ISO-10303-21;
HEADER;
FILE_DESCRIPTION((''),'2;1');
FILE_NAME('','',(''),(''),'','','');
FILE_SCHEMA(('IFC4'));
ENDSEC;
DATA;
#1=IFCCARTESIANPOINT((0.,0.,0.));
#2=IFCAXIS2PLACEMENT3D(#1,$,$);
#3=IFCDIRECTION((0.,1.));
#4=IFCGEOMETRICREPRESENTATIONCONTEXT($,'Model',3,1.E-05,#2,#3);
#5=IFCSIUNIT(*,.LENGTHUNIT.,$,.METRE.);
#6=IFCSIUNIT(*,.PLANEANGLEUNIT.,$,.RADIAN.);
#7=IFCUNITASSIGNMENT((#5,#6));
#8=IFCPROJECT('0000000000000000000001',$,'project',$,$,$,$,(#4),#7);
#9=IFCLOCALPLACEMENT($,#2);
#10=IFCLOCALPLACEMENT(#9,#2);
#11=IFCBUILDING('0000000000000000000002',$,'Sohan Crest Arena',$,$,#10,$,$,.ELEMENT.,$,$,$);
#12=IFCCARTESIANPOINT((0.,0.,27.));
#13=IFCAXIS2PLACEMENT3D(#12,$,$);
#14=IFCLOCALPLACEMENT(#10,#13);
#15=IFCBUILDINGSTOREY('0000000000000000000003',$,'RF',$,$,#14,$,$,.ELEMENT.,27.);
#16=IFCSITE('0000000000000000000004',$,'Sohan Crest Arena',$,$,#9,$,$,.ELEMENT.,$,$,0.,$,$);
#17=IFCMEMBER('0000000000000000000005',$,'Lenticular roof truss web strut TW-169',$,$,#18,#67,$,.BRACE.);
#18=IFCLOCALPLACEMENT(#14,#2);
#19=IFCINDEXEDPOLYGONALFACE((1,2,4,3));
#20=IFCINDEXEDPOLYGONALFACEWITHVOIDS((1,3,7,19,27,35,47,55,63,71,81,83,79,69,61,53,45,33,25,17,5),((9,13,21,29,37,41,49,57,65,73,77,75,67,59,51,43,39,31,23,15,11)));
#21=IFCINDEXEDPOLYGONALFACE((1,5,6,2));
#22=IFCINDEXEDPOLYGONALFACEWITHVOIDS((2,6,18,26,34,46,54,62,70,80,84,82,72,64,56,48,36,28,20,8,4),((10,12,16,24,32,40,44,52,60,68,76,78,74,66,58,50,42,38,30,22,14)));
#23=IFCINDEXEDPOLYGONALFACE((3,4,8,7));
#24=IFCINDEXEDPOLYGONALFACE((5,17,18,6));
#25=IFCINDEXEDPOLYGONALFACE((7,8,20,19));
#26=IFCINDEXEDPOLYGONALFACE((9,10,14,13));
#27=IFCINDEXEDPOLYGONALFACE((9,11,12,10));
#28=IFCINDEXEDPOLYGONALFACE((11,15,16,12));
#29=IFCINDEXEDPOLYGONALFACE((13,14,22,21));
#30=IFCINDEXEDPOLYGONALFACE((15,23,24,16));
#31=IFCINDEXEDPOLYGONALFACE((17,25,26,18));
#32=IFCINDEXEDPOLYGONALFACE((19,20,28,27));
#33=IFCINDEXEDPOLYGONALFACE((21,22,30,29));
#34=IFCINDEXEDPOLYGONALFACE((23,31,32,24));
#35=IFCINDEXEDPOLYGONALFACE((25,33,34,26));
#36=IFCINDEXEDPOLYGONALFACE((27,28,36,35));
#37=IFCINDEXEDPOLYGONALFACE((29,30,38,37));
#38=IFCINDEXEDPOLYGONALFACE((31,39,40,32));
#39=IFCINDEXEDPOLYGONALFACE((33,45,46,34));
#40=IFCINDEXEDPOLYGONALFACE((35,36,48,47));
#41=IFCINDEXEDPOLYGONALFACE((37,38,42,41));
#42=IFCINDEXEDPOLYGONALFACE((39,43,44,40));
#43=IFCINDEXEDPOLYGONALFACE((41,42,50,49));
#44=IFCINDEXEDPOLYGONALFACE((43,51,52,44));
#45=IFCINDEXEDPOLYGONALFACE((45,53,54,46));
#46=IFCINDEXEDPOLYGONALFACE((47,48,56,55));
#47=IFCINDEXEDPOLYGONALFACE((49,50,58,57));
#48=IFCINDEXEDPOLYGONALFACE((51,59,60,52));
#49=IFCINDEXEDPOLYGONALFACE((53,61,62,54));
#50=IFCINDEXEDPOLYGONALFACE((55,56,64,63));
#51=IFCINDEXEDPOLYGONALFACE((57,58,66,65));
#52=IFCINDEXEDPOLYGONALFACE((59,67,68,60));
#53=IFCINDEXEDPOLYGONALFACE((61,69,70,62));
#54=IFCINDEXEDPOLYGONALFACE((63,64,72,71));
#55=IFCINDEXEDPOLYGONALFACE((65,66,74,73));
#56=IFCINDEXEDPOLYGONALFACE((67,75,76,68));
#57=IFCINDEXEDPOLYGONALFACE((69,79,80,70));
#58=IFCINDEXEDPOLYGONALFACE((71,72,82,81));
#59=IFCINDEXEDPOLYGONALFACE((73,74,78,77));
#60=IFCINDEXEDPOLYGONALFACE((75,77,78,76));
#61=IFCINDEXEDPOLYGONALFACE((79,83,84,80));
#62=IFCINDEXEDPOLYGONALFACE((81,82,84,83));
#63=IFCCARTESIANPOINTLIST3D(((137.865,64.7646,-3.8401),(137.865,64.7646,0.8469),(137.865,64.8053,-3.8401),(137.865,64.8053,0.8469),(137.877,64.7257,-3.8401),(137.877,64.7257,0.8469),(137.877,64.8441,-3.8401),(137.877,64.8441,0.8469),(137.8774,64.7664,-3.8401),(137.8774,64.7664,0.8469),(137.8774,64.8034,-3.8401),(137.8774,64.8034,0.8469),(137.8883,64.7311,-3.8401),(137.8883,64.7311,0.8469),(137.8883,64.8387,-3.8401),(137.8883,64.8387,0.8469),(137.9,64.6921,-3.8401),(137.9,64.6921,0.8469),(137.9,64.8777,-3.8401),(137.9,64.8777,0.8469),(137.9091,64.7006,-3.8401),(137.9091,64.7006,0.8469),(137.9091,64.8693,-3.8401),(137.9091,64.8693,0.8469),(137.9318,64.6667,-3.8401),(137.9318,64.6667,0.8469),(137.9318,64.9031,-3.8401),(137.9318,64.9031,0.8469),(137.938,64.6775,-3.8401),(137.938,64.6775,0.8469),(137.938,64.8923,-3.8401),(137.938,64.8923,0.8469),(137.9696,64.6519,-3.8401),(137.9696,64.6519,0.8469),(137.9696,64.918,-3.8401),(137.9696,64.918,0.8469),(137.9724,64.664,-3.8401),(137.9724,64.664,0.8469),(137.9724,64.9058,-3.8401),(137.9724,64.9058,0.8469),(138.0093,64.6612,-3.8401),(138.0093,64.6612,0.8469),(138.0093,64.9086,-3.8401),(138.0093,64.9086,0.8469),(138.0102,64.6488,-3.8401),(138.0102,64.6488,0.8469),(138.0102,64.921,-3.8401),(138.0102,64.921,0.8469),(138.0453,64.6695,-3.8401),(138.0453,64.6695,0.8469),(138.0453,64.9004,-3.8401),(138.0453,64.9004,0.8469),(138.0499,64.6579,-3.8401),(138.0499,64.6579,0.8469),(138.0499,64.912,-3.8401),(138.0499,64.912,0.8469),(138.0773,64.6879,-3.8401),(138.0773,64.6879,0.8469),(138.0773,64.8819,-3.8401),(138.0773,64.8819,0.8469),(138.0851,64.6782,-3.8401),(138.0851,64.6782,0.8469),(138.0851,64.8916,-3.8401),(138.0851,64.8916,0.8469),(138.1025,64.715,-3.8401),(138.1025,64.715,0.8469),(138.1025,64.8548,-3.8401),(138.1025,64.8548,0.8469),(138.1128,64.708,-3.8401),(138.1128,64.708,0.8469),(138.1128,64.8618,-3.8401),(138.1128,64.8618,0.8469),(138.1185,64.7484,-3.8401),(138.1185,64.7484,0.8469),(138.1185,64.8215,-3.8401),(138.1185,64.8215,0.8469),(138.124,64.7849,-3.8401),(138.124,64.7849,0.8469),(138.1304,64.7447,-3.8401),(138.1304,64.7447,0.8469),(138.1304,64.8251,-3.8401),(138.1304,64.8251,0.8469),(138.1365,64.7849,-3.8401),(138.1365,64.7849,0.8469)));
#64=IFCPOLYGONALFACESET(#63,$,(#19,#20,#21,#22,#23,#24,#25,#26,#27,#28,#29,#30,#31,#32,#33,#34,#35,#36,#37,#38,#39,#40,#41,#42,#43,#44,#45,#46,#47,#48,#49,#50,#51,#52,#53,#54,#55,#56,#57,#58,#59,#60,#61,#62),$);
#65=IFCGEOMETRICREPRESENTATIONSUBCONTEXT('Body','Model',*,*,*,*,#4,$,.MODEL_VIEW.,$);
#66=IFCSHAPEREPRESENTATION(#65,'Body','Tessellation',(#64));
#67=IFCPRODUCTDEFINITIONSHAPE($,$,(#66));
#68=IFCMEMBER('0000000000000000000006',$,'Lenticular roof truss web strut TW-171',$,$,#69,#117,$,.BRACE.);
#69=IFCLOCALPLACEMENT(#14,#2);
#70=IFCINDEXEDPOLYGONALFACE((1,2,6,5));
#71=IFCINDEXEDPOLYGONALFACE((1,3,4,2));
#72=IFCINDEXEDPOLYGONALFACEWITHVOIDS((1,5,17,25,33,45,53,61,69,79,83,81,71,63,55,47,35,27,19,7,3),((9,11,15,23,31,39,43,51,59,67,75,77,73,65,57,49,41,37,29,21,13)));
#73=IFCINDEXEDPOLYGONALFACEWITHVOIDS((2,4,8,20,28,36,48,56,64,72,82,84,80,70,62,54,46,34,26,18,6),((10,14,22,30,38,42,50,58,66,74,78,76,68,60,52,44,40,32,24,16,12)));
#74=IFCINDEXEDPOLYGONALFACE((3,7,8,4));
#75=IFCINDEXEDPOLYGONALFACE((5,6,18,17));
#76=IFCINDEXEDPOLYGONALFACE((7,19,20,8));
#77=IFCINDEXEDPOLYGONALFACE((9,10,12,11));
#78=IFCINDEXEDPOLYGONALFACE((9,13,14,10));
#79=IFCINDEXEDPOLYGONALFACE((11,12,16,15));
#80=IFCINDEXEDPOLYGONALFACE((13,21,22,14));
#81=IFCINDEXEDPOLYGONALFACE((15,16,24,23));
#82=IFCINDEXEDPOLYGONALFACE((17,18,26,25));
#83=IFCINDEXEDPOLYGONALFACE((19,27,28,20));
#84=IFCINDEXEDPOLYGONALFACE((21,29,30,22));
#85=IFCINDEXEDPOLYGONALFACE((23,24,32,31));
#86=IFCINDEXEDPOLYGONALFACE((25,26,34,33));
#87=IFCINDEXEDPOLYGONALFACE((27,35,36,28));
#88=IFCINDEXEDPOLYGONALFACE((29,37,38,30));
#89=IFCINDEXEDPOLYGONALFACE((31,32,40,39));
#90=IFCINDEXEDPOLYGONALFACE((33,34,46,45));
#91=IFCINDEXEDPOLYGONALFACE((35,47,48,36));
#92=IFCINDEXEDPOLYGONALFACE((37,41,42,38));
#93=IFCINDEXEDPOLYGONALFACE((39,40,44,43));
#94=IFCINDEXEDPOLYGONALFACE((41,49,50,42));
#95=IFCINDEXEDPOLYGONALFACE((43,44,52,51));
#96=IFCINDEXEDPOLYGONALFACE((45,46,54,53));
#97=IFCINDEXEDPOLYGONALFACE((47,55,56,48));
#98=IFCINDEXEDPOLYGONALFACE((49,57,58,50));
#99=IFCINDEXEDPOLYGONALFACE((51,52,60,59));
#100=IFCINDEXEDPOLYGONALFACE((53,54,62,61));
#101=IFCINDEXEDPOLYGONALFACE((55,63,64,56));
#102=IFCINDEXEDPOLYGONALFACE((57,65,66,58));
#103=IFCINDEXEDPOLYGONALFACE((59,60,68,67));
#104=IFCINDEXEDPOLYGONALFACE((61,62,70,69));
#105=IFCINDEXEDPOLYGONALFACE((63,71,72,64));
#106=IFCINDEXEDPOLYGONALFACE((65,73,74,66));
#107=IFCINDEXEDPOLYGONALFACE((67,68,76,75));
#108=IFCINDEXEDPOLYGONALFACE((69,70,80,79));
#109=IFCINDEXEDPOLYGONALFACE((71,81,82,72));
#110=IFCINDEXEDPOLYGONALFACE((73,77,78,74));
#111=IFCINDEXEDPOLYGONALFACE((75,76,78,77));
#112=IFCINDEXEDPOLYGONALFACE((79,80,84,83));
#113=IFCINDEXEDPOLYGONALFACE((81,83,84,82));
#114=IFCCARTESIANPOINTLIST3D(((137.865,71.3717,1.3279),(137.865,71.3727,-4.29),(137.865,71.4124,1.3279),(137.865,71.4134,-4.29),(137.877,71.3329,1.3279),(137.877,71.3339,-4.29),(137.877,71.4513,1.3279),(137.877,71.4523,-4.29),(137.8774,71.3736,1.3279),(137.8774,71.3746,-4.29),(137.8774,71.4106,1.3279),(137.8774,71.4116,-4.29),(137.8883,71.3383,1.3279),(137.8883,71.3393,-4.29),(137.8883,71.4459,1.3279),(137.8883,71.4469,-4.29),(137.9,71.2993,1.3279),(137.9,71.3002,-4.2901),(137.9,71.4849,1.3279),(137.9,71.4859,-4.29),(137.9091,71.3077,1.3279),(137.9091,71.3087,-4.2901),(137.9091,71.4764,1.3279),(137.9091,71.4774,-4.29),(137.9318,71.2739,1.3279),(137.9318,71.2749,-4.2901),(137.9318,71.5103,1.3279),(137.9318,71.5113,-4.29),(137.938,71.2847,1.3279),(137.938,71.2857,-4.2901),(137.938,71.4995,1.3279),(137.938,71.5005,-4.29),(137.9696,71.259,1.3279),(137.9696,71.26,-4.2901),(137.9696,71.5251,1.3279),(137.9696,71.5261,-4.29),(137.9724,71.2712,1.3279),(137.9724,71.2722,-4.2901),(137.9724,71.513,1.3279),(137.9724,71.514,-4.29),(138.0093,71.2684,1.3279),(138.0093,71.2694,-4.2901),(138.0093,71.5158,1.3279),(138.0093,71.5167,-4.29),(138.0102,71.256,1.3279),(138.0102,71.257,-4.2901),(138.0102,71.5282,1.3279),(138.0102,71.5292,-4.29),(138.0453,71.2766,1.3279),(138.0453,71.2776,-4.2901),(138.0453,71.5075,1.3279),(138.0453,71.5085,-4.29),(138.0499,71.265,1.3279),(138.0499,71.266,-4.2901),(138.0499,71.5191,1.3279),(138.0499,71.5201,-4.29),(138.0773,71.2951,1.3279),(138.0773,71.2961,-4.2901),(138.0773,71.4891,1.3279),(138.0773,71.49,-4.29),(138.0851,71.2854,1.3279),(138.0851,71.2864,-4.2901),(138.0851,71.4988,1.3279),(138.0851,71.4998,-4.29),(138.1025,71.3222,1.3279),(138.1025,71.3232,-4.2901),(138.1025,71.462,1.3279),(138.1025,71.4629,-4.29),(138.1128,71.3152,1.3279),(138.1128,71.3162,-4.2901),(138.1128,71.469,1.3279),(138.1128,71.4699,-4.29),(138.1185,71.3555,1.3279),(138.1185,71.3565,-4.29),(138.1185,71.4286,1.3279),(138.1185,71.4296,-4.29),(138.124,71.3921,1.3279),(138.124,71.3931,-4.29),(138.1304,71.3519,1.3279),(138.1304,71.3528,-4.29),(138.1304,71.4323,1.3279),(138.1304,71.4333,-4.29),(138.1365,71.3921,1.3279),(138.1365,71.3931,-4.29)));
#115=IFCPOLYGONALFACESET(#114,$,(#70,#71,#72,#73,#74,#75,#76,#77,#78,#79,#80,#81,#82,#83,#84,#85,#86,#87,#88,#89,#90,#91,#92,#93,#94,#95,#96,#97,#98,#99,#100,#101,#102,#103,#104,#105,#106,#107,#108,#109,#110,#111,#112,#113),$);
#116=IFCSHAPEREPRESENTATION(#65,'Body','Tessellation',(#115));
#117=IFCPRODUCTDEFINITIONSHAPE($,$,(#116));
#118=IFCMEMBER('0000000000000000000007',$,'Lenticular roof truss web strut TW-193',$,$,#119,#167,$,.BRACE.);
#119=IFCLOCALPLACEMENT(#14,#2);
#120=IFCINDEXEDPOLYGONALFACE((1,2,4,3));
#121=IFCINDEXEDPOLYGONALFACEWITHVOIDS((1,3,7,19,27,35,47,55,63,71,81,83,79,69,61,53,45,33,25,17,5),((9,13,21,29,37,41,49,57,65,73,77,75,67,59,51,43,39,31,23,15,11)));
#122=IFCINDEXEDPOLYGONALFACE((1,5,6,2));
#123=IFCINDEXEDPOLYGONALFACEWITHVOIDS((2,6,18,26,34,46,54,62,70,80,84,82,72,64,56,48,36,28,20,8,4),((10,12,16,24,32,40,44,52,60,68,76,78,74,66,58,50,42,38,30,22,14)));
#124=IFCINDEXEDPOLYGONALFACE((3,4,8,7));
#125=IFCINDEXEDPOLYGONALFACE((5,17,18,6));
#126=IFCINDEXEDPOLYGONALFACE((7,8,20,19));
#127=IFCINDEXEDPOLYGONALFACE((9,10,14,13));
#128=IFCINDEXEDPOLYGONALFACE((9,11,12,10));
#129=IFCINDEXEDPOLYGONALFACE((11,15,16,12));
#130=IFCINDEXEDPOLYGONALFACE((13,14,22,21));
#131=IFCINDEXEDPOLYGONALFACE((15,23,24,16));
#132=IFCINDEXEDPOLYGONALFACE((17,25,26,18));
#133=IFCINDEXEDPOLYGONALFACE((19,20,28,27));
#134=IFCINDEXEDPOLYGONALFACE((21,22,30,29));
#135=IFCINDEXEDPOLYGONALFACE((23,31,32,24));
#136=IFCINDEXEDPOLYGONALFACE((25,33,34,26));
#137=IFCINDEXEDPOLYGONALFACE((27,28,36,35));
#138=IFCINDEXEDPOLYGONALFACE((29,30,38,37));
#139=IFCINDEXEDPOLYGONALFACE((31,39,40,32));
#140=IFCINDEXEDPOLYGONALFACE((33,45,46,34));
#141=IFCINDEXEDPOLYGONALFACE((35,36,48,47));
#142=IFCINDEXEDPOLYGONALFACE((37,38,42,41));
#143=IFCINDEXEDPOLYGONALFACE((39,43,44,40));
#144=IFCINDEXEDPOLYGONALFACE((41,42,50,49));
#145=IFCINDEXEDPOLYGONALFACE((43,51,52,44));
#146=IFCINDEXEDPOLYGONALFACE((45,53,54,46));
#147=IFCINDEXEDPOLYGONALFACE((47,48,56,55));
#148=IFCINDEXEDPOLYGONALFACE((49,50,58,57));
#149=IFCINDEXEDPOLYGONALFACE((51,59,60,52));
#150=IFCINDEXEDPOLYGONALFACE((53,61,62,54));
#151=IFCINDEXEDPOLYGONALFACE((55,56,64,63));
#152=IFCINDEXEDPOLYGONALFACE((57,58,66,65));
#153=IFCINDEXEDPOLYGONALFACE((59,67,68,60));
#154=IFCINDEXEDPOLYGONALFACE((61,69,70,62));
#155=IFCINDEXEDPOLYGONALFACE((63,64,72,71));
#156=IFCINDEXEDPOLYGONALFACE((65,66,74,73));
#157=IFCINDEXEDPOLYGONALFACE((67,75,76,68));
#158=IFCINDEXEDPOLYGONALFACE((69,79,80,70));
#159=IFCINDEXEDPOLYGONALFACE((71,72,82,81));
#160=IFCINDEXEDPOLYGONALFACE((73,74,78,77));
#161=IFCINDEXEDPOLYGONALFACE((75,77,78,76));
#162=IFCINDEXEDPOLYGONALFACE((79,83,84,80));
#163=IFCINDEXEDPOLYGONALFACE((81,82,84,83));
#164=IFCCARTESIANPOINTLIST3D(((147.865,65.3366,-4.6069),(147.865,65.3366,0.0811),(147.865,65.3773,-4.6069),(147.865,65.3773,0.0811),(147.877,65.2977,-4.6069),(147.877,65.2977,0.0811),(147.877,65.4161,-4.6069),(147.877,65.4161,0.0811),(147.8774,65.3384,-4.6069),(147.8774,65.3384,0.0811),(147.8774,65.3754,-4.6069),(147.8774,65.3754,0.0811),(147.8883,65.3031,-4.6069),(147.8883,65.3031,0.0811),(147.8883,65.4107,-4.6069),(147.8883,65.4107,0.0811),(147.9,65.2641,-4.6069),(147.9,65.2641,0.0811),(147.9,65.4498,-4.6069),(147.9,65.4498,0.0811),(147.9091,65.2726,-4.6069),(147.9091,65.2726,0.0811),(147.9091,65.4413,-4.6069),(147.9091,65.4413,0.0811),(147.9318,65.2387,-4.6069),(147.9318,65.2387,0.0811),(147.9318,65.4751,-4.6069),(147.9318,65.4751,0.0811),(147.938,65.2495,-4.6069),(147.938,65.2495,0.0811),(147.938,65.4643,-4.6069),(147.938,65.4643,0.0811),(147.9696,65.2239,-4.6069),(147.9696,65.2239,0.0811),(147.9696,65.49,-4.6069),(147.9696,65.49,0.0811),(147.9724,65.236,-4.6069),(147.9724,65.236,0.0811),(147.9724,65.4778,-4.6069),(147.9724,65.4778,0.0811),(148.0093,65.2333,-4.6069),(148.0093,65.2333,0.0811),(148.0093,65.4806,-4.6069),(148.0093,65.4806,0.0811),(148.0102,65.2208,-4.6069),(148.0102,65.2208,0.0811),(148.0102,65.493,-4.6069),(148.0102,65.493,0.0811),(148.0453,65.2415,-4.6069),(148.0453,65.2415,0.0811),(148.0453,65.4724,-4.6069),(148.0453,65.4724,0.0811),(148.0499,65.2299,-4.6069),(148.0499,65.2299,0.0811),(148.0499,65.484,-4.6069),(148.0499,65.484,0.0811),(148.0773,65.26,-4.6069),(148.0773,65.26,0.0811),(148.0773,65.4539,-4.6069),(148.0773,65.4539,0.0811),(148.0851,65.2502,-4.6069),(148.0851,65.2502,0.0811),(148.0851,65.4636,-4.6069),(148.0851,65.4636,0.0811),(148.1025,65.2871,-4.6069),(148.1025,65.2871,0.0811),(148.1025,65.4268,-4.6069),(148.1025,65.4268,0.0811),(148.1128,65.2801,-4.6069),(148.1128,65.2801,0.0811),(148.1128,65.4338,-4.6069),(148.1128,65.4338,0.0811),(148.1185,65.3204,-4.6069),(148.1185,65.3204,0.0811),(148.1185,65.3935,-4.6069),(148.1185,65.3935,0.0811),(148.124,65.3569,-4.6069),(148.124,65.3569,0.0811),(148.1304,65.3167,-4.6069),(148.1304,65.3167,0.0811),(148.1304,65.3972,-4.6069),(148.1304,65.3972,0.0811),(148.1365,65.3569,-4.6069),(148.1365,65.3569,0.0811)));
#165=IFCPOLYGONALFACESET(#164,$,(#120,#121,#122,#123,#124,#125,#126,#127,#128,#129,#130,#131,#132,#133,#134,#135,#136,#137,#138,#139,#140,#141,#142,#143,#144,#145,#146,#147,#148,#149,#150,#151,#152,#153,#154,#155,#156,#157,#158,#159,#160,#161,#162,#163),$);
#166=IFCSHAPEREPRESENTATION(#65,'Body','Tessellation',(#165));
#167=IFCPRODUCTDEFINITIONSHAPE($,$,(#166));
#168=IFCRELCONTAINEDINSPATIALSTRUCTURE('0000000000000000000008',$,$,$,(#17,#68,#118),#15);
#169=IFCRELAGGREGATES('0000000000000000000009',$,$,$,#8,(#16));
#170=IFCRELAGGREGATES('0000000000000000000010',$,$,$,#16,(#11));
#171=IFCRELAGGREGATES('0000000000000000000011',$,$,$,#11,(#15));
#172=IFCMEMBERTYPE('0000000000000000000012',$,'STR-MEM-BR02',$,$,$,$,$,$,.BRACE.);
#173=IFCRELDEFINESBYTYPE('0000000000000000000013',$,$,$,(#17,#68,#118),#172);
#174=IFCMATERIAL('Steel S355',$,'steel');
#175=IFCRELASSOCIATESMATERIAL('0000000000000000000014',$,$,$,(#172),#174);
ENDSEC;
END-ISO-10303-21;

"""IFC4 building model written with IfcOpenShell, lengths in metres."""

from ifc_helpers import new_model, si_unit, direction, frame, origin, origin_2d, place, context, subcontext, project, spatial, hollow_circle, extrude, material, material_profile, profile_set, type_object, element, save


model = new_model("IFC4")

# Units and contexts
model_context = context("Model", 3, precision=1e-05, world=origin(), true_north=direction((0.0, 1.0)))
body_context = subcontext(model_context, "Body", "Model", "MODEL_VIEW")
ifc_project = project(units=[si_unit("LENGTHUNIT", "METRE"), si_unit("PLANEANGLEUNIT", "RADIAN")], contexts=[model_context])

# Site, building, storey
site_placement = place(None, origin())
site = spatial("IfcSite", under=ifc_project, at=site_placement, Name="Sohan Crest Arena", CompositionType="ELEMENT", RefElevation=0.0)
building_placement = place(site_placement, origin())
building = spatial("IfcBuilding", under=site, at=building_placement, Name="Sohan Crest Arena", CompositionType="ELEMENT")
storey_placement = place(building_placement, frame((0.0, 0.0, 27.0)))
storey = spatial("IfcBuildingStorey", under=building, at=storey_placement, Name="RF", CompositionType="ELEMENT", Elevation=27.0)

# Shared definitions
ifc_material_1 = material(Name="Steel S355", Category="steel")

# Members
ifc_material_profile_1 = material_profile(ifc_material_1, hollow_circle(Radius=0.1365, WallThickness=0.0125, at=origin_2d()), Name="CHS 273x12.5")
ifc_profile_set_1 = profile_set([ifc_material_profile_1], Name="Steel S355")
member_type_1 = type_object("IfcMemberType", Name="STR-MEM-BR02", PredefinedType="BRACE", material=ifc_profile_set_1)
member_1_placement = place(storey_placement, frame((138.0, 64.7849, -3.8401), z_axis=(0.0, 0.0, 1.0), x_axis=(1.0, 0.0, 0.0)))
element("IfcMember", 1, at=member_1_placement, inside=storey, type_object=member_type_1, Name="Lenticular roof truss web strut TW-169", PredefinedType="BRACE", context=body_context, shape_type="SweptSolid", body=[
    extrude(hollow_circle(Radius=0.1365, WallThickness=0.0125, at=origin_2d()), origin(), (0.0, 0.0, 1.0), 4.687),
])
member_2_placement = place(storey_placement, frame((138.0, 71.3931, -4.29), z_axis=(0.0, -0.000174, 1.0), x_axis=(1.0, 0.0, 0.0)))
element("IfcMember", 2, at=member_2_placement, inside=storey, type_object=member_type_1, Name="Lenticular roof truss web strut TW-171", PredefinedType="BRACE", context=body_context, shape_type="SweptSolid", body=[
    extrude(hollow_circle(Radius=0.1365, WallThickness=0.0125, at=origin_2d()), origin(), (0.0, 0.0, 1.0), 5.6179),
])
member_3_placement = place(storey_placement, frame((148.0, 65.3569, -4.6069), z_axis=(0.0, 0.0, 1.0), x_axis=(1.0, 0.0, 0.0)))
element("IfcMember", 3, at=member_3_placement, inside=storey, type_object=member_type_1, Name="Lenticular roof truss web strut TW-193", PredefinedType="BRACE", context=body_context, shape_type="SweptSolid", body=[
    extrude(hollow_circle(Radius=0.1365, WallThickness=0.0125, at=origin_2d()), origin(), (0.0, 0.0, 1.0), 4.688),
])

save(model, "model.ifc")
